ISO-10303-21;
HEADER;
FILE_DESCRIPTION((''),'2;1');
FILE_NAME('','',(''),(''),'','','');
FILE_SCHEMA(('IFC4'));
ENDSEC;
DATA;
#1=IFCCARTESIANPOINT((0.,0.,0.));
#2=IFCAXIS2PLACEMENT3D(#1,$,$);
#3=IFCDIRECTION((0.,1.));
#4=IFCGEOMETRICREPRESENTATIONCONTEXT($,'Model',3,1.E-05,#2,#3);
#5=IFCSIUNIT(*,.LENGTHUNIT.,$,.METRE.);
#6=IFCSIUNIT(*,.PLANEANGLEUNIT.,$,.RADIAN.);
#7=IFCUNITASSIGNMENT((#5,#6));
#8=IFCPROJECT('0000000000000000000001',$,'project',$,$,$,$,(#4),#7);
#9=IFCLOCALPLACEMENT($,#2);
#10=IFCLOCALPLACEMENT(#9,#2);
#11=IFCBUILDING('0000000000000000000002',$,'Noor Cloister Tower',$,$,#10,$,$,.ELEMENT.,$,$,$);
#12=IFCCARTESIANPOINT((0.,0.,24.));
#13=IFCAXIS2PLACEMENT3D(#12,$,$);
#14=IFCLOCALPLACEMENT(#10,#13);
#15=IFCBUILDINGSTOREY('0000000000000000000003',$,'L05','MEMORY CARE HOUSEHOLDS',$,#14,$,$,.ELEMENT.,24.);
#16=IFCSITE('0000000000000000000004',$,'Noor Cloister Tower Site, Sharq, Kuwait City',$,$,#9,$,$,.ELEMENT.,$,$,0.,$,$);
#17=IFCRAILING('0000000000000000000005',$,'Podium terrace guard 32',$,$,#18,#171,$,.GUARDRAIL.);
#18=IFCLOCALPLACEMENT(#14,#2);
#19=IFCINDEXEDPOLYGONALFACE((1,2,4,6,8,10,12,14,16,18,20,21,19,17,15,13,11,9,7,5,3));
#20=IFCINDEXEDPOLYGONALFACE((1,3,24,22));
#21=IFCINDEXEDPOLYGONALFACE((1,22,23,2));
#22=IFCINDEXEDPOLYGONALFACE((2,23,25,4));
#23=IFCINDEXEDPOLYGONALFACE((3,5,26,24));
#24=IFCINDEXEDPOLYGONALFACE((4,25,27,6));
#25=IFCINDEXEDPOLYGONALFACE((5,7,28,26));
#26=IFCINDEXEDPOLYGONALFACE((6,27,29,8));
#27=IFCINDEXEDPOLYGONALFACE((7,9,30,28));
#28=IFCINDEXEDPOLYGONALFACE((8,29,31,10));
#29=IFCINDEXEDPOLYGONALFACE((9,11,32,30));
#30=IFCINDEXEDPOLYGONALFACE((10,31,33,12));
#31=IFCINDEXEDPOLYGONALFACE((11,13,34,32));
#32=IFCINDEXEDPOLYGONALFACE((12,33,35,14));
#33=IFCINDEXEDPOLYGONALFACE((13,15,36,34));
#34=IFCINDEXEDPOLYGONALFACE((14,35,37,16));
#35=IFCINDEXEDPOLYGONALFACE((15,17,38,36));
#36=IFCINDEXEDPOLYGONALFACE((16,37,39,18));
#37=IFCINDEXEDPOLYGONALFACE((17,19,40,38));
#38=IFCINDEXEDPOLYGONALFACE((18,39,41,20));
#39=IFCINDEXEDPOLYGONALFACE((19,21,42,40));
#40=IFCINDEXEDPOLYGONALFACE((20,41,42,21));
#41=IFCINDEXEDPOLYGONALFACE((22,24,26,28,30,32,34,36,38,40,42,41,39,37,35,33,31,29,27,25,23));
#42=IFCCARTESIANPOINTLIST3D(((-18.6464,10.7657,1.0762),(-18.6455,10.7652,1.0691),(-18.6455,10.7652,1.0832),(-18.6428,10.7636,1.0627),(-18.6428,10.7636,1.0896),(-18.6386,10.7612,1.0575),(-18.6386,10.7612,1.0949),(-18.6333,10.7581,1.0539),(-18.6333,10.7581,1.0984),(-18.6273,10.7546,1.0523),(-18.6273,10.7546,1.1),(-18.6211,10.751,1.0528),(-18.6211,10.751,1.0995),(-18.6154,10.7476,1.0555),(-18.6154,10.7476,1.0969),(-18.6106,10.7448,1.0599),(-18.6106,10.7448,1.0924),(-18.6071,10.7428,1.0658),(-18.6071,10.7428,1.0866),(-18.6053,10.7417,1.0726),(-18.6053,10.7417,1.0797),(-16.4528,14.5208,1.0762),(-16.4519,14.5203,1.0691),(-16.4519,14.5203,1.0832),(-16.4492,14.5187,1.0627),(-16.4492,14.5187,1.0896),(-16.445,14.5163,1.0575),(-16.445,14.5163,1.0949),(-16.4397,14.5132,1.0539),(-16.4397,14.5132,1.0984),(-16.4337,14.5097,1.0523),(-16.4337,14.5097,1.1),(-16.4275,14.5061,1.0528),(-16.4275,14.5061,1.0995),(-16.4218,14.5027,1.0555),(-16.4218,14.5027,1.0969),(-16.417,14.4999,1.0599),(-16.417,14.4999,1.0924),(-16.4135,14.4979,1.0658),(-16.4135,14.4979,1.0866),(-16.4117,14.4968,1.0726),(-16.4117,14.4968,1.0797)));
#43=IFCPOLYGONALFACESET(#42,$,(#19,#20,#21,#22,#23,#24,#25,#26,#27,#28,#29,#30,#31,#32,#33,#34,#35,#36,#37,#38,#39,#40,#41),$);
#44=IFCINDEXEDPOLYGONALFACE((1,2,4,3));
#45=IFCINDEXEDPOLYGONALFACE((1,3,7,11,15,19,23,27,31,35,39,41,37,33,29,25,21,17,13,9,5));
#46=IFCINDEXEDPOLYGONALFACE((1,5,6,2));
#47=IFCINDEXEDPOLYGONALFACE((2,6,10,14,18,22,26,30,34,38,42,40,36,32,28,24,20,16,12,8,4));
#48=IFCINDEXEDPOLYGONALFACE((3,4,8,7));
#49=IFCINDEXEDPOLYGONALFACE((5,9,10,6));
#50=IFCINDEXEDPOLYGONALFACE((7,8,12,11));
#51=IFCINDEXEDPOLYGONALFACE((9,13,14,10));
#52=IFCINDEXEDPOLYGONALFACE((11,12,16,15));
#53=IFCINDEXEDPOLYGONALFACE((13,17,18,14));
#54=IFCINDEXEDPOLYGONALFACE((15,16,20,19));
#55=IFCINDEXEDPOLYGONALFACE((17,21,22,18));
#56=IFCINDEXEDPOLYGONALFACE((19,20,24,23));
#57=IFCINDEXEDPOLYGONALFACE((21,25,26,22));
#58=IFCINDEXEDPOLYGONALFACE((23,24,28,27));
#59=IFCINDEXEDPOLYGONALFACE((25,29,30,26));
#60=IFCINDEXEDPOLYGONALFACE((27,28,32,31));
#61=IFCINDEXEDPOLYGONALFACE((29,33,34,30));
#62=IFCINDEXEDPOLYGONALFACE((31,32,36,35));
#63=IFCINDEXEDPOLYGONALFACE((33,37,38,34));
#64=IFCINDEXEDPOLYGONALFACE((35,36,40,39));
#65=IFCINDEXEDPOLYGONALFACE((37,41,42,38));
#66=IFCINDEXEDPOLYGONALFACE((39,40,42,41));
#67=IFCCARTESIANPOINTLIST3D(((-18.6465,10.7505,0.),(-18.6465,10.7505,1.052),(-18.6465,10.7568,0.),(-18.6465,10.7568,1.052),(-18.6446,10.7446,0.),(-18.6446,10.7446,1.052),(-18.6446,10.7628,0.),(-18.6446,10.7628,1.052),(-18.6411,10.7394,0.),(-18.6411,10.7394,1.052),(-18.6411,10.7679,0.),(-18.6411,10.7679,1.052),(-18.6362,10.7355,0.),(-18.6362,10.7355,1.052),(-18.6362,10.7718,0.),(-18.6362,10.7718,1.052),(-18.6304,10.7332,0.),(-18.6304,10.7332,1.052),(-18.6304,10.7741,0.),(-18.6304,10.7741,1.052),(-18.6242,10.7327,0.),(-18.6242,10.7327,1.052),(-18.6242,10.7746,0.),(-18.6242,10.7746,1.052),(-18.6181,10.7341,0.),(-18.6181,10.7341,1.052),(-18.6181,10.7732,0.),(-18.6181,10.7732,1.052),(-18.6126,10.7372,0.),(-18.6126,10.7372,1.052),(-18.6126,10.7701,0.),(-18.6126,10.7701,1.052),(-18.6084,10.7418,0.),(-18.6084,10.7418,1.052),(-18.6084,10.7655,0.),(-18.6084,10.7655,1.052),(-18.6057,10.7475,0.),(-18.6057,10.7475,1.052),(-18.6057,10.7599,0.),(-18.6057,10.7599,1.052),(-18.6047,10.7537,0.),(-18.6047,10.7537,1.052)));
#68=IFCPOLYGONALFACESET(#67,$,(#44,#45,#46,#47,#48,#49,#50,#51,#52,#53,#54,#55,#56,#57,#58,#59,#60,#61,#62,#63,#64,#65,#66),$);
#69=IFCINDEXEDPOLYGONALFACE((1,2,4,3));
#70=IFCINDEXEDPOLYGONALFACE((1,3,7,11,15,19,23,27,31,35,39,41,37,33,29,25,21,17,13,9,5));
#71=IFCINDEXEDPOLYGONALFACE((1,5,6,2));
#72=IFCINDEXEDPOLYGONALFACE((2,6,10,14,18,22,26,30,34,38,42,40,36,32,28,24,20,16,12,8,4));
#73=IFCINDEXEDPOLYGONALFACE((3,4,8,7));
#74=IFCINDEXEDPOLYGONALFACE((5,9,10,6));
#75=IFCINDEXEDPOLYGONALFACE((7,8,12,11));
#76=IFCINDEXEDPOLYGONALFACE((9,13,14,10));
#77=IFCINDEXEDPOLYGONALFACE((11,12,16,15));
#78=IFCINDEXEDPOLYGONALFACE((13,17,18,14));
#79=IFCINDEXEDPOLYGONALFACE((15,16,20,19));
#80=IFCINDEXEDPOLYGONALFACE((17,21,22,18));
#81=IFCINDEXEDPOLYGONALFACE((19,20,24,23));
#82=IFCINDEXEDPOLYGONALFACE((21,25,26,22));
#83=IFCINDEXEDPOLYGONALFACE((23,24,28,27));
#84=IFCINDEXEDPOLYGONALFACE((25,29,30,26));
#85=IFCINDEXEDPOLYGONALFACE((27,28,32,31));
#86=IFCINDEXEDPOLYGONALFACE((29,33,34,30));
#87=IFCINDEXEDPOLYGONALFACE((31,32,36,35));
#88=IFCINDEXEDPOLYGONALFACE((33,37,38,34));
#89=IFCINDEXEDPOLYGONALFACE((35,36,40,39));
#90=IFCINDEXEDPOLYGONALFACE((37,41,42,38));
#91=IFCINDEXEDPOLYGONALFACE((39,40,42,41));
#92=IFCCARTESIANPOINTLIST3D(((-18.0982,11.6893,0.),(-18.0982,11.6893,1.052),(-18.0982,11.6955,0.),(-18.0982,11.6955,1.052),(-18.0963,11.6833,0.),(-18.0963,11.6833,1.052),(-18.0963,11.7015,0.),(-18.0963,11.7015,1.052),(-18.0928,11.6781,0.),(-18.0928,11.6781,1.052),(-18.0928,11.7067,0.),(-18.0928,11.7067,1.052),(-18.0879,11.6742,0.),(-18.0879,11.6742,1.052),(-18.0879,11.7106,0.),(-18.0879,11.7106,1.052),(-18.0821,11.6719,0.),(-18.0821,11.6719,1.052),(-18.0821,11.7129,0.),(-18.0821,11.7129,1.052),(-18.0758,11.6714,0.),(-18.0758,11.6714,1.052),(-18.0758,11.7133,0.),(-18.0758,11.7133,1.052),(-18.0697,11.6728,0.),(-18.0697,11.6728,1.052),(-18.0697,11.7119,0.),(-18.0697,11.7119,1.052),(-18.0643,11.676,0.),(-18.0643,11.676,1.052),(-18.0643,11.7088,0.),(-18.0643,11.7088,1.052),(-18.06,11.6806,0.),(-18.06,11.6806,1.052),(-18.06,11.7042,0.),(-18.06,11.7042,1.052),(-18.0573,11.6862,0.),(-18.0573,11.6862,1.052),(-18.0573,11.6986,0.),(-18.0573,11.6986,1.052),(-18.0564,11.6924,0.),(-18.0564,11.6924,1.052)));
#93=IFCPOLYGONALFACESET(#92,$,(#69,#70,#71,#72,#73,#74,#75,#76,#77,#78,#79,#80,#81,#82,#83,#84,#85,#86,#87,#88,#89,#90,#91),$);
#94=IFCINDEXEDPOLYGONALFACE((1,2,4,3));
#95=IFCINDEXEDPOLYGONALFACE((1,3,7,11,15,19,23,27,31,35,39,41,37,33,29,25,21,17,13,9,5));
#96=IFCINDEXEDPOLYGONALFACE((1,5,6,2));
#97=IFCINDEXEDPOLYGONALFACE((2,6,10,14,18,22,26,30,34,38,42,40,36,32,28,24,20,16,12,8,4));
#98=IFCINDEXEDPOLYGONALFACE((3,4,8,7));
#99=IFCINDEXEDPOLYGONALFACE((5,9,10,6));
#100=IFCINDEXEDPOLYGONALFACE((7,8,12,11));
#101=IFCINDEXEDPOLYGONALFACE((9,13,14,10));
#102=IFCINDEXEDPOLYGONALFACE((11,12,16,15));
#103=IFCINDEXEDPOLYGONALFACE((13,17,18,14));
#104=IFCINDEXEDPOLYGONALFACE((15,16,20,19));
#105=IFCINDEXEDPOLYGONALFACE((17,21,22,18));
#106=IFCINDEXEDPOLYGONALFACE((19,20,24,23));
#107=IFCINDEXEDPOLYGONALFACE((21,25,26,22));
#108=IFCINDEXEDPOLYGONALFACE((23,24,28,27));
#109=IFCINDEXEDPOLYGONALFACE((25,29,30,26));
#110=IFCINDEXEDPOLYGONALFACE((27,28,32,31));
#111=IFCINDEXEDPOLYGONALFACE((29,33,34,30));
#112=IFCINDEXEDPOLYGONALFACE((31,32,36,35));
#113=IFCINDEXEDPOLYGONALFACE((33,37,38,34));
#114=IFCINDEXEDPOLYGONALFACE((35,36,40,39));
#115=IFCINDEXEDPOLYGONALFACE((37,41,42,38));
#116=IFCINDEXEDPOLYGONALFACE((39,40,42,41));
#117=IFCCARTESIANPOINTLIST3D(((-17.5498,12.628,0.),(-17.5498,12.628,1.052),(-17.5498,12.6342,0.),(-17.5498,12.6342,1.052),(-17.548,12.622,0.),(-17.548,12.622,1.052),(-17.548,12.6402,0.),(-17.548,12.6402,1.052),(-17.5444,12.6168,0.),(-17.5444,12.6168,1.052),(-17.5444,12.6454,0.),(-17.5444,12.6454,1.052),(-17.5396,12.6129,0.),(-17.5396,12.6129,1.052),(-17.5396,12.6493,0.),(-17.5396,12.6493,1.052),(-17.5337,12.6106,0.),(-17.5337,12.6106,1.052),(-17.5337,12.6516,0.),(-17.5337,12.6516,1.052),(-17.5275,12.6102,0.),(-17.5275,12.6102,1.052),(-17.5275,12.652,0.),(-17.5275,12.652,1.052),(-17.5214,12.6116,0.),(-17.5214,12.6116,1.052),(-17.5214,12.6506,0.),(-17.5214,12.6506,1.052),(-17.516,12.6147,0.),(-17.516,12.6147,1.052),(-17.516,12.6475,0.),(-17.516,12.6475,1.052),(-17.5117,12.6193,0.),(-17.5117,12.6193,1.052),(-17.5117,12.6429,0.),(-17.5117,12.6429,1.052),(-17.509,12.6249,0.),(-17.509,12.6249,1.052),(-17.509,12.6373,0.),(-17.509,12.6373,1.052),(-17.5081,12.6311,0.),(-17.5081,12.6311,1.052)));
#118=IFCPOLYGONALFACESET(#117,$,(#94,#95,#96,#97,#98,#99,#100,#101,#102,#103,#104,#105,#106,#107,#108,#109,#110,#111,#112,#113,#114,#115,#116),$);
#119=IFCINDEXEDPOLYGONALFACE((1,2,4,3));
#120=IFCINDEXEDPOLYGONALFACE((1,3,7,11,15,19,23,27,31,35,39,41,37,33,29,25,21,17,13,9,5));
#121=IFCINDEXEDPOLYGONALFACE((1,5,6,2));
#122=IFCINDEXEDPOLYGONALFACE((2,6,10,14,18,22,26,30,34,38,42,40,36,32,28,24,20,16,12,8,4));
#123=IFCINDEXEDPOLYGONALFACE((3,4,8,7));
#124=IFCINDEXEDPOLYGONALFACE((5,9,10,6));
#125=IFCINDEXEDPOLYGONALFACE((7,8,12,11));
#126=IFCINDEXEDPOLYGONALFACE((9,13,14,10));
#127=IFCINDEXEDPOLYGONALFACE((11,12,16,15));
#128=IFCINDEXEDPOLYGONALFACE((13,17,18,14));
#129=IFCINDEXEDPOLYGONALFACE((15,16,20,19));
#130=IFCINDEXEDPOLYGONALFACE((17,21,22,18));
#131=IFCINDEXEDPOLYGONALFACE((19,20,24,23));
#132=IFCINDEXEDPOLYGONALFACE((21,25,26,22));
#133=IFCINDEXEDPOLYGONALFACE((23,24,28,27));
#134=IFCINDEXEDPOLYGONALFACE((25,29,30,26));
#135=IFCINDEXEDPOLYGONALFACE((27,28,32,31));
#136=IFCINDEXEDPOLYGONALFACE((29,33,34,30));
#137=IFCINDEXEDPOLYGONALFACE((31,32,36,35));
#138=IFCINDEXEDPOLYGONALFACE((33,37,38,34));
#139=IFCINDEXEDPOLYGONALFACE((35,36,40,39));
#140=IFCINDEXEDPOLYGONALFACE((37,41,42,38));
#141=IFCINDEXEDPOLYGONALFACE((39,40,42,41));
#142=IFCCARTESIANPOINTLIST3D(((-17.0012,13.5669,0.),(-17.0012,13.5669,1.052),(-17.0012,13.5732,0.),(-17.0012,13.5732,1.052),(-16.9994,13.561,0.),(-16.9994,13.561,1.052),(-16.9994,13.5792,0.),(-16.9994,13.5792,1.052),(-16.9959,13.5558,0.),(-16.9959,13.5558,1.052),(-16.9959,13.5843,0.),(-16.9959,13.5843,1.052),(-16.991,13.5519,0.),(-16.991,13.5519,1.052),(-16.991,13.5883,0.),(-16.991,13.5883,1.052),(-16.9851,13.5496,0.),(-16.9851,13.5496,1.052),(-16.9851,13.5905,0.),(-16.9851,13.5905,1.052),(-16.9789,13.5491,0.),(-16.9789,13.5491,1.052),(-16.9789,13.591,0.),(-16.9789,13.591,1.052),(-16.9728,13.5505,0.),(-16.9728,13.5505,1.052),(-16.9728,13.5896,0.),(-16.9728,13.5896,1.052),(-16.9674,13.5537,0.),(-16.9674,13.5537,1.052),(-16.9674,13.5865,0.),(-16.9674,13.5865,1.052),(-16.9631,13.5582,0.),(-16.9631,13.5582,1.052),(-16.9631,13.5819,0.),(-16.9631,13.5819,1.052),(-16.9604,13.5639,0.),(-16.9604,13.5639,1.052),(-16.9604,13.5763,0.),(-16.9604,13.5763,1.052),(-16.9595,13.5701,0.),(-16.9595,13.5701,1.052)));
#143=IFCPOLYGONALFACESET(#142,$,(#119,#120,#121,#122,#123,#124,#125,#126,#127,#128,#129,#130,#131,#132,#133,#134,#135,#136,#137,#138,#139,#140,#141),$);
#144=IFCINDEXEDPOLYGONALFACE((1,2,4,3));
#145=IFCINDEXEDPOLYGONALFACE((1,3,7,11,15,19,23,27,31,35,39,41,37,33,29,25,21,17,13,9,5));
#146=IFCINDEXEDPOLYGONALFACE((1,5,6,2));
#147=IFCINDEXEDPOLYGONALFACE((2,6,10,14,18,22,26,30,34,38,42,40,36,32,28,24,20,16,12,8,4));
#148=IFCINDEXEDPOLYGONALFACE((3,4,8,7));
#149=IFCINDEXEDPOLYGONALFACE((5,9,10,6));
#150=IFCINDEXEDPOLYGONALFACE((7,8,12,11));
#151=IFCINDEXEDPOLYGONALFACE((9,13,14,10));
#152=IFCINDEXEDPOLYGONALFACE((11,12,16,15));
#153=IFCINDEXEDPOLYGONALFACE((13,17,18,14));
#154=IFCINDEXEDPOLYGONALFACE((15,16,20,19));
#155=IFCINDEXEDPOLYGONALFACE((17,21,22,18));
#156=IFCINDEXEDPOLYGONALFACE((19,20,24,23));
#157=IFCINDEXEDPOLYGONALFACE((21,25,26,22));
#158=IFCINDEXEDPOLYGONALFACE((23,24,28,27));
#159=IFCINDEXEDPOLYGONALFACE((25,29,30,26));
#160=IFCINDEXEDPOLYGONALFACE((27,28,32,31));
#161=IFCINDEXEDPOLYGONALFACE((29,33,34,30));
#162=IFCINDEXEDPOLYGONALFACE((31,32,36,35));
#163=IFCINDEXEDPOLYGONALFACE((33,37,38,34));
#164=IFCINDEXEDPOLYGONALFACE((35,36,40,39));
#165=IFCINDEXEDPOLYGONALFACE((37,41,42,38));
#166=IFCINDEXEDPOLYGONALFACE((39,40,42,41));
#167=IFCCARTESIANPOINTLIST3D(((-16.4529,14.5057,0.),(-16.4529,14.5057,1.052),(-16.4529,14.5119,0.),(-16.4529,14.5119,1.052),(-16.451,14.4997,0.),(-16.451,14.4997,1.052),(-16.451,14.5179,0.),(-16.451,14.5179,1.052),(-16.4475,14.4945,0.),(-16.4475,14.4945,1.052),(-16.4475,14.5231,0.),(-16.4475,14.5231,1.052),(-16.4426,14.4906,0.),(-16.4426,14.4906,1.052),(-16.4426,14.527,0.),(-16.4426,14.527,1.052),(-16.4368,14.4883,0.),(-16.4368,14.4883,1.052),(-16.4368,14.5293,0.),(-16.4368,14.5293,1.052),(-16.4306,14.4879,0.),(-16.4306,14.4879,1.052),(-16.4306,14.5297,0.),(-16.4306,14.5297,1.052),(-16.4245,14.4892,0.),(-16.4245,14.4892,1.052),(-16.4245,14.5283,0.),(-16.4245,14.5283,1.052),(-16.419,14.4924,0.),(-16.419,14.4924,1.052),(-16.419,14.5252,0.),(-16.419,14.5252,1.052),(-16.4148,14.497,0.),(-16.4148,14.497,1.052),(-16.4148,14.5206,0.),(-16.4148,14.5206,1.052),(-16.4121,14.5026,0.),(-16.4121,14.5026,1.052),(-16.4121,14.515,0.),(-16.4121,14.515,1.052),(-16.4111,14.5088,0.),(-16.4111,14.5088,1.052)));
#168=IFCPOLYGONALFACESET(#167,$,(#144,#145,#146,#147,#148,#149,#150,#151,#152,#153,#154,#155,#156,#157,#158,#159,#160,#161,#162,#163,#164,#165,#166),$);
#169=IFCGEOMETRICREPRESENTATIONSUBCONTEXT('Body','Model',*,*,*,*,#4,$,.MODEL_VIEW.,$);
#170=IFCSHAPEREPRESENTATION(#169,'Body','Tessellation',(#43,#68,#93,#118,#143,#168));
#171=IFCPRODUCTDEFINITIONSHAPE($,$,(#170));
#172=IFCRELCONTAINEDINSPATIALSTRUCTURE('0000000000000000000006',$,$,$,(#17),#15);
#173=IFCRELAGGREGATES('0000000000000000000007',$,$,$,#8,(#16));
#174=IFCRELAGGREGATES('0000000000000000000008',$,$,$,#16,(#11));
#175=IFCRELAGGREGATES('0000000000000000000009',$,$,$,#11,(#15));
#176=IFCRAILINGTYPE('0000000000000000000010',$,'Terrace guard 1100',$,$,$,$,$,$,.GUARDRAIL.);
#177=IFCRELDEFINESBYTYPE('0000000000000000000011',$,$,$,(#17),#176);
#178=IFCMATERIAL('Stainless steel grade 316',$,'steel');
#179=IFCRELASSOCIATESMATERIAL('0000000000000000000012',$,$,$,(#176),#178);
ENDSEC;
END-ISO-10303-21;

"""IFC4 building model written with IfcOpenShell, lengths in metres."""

from ifc_helpers import new_model, si_unit, direction, frame, origin, origin_2d, place, context, subcontext, project, spatial, circle, extrude, material, type_object, element, save


model = new_model("IFC4")

# Units and contexts
model_context = context("Model", 3, precision=1e-05, world=origin(), true_north=direction((0.0, 1.0)))
body_context = subcontext(model_context, "Body", "Model", "MODEL_VIEW")
ifc_project = project(units=[si_unit("LENGTHUNIT", "METRE"), si_unit("PLANEANGLEUNIT", "RADIAN")], contexts=[model_context])

# Site, building, storey
site_placement = place(None, origin())
site = spatial("IfcSite", under=ifc_project, at=site_placement, Name="Noor Cloister Tower Site, Sharq, Kuwait City", CompositionType="ELEMENT", RefElevation=0.0)
building_placement = place(site_placement, origin())
building = spatial("IfcBuilding", under=site, at=building_placement, Name="Noor Cloister Tower", CompositionType="ELEMENT")
storey_placement = place(building_placement, frame((0.0, 0.0, 24.0)))
storey = spatial("IfcBuildingStorey", under=building, at=storey_placement, Name="L05", Description="MEMORY CARE HOUSEHOLDS", CompositionType="ELEMENT", Elevation=24.0)

# Railing
ifc_material_1 = material(Name="Stainless steel grade 316", Category="steel")
railing_type = type_object("IfcRailingType", Name="Terrace guard 1100", PredefinedType="GUARDRAIL", material=ifc_material_1)
railing_1_placement = place(storey_placement, frame((-18.6257, 10.7537, 0.0)))
element("IfcRailing", 1, at=railing_1_placement, inside=storey, type_object=railing_type, Name="Podium terrace guard 32", PredefinedType="GUARDRAIL", context=body_context, shape_type="SweptSolid", body=[
    extrude(circle(Radius=0.0239, at=origin_2d()), frame((0.0, 0.0, 1.0762), z_axis=(0.504405, 0.863467, 0.0), x_axis=(-0.863467, 0.504405, 0.0)), (0.0, 0.0, 1.0), 4.3489),
    extrude(circle(Radius=0.021, at=origin_2d()), origin(), (0.0, 0.0, 1.0), 1.052),
    extrude(circle(Radius=0.021, at=origin_2d()), frame((0.5483, 0.9387, 0.0)), (0.0, 0.0, 1.0), 1.052),
    extrude(circle(Radius=0.021, at=origin_2d()), frame((1.0967, 1.8774, 0.0)), (0.0, 0.0, 1.0), 1.052),
    extrude(circle(Radius=0.021, at=origin_2d()), frame((1.6453, 2.8164, 0.0)), (0.0, 0.0, 1.0), 1.052),
    extrude(circle(Radius=0.021, at=origin_2d()), frame((2.1936, 3.7551, 0.0)), (0.0, 0.0, 1.0), 1.052),
])

save(model, "model.ifc")
